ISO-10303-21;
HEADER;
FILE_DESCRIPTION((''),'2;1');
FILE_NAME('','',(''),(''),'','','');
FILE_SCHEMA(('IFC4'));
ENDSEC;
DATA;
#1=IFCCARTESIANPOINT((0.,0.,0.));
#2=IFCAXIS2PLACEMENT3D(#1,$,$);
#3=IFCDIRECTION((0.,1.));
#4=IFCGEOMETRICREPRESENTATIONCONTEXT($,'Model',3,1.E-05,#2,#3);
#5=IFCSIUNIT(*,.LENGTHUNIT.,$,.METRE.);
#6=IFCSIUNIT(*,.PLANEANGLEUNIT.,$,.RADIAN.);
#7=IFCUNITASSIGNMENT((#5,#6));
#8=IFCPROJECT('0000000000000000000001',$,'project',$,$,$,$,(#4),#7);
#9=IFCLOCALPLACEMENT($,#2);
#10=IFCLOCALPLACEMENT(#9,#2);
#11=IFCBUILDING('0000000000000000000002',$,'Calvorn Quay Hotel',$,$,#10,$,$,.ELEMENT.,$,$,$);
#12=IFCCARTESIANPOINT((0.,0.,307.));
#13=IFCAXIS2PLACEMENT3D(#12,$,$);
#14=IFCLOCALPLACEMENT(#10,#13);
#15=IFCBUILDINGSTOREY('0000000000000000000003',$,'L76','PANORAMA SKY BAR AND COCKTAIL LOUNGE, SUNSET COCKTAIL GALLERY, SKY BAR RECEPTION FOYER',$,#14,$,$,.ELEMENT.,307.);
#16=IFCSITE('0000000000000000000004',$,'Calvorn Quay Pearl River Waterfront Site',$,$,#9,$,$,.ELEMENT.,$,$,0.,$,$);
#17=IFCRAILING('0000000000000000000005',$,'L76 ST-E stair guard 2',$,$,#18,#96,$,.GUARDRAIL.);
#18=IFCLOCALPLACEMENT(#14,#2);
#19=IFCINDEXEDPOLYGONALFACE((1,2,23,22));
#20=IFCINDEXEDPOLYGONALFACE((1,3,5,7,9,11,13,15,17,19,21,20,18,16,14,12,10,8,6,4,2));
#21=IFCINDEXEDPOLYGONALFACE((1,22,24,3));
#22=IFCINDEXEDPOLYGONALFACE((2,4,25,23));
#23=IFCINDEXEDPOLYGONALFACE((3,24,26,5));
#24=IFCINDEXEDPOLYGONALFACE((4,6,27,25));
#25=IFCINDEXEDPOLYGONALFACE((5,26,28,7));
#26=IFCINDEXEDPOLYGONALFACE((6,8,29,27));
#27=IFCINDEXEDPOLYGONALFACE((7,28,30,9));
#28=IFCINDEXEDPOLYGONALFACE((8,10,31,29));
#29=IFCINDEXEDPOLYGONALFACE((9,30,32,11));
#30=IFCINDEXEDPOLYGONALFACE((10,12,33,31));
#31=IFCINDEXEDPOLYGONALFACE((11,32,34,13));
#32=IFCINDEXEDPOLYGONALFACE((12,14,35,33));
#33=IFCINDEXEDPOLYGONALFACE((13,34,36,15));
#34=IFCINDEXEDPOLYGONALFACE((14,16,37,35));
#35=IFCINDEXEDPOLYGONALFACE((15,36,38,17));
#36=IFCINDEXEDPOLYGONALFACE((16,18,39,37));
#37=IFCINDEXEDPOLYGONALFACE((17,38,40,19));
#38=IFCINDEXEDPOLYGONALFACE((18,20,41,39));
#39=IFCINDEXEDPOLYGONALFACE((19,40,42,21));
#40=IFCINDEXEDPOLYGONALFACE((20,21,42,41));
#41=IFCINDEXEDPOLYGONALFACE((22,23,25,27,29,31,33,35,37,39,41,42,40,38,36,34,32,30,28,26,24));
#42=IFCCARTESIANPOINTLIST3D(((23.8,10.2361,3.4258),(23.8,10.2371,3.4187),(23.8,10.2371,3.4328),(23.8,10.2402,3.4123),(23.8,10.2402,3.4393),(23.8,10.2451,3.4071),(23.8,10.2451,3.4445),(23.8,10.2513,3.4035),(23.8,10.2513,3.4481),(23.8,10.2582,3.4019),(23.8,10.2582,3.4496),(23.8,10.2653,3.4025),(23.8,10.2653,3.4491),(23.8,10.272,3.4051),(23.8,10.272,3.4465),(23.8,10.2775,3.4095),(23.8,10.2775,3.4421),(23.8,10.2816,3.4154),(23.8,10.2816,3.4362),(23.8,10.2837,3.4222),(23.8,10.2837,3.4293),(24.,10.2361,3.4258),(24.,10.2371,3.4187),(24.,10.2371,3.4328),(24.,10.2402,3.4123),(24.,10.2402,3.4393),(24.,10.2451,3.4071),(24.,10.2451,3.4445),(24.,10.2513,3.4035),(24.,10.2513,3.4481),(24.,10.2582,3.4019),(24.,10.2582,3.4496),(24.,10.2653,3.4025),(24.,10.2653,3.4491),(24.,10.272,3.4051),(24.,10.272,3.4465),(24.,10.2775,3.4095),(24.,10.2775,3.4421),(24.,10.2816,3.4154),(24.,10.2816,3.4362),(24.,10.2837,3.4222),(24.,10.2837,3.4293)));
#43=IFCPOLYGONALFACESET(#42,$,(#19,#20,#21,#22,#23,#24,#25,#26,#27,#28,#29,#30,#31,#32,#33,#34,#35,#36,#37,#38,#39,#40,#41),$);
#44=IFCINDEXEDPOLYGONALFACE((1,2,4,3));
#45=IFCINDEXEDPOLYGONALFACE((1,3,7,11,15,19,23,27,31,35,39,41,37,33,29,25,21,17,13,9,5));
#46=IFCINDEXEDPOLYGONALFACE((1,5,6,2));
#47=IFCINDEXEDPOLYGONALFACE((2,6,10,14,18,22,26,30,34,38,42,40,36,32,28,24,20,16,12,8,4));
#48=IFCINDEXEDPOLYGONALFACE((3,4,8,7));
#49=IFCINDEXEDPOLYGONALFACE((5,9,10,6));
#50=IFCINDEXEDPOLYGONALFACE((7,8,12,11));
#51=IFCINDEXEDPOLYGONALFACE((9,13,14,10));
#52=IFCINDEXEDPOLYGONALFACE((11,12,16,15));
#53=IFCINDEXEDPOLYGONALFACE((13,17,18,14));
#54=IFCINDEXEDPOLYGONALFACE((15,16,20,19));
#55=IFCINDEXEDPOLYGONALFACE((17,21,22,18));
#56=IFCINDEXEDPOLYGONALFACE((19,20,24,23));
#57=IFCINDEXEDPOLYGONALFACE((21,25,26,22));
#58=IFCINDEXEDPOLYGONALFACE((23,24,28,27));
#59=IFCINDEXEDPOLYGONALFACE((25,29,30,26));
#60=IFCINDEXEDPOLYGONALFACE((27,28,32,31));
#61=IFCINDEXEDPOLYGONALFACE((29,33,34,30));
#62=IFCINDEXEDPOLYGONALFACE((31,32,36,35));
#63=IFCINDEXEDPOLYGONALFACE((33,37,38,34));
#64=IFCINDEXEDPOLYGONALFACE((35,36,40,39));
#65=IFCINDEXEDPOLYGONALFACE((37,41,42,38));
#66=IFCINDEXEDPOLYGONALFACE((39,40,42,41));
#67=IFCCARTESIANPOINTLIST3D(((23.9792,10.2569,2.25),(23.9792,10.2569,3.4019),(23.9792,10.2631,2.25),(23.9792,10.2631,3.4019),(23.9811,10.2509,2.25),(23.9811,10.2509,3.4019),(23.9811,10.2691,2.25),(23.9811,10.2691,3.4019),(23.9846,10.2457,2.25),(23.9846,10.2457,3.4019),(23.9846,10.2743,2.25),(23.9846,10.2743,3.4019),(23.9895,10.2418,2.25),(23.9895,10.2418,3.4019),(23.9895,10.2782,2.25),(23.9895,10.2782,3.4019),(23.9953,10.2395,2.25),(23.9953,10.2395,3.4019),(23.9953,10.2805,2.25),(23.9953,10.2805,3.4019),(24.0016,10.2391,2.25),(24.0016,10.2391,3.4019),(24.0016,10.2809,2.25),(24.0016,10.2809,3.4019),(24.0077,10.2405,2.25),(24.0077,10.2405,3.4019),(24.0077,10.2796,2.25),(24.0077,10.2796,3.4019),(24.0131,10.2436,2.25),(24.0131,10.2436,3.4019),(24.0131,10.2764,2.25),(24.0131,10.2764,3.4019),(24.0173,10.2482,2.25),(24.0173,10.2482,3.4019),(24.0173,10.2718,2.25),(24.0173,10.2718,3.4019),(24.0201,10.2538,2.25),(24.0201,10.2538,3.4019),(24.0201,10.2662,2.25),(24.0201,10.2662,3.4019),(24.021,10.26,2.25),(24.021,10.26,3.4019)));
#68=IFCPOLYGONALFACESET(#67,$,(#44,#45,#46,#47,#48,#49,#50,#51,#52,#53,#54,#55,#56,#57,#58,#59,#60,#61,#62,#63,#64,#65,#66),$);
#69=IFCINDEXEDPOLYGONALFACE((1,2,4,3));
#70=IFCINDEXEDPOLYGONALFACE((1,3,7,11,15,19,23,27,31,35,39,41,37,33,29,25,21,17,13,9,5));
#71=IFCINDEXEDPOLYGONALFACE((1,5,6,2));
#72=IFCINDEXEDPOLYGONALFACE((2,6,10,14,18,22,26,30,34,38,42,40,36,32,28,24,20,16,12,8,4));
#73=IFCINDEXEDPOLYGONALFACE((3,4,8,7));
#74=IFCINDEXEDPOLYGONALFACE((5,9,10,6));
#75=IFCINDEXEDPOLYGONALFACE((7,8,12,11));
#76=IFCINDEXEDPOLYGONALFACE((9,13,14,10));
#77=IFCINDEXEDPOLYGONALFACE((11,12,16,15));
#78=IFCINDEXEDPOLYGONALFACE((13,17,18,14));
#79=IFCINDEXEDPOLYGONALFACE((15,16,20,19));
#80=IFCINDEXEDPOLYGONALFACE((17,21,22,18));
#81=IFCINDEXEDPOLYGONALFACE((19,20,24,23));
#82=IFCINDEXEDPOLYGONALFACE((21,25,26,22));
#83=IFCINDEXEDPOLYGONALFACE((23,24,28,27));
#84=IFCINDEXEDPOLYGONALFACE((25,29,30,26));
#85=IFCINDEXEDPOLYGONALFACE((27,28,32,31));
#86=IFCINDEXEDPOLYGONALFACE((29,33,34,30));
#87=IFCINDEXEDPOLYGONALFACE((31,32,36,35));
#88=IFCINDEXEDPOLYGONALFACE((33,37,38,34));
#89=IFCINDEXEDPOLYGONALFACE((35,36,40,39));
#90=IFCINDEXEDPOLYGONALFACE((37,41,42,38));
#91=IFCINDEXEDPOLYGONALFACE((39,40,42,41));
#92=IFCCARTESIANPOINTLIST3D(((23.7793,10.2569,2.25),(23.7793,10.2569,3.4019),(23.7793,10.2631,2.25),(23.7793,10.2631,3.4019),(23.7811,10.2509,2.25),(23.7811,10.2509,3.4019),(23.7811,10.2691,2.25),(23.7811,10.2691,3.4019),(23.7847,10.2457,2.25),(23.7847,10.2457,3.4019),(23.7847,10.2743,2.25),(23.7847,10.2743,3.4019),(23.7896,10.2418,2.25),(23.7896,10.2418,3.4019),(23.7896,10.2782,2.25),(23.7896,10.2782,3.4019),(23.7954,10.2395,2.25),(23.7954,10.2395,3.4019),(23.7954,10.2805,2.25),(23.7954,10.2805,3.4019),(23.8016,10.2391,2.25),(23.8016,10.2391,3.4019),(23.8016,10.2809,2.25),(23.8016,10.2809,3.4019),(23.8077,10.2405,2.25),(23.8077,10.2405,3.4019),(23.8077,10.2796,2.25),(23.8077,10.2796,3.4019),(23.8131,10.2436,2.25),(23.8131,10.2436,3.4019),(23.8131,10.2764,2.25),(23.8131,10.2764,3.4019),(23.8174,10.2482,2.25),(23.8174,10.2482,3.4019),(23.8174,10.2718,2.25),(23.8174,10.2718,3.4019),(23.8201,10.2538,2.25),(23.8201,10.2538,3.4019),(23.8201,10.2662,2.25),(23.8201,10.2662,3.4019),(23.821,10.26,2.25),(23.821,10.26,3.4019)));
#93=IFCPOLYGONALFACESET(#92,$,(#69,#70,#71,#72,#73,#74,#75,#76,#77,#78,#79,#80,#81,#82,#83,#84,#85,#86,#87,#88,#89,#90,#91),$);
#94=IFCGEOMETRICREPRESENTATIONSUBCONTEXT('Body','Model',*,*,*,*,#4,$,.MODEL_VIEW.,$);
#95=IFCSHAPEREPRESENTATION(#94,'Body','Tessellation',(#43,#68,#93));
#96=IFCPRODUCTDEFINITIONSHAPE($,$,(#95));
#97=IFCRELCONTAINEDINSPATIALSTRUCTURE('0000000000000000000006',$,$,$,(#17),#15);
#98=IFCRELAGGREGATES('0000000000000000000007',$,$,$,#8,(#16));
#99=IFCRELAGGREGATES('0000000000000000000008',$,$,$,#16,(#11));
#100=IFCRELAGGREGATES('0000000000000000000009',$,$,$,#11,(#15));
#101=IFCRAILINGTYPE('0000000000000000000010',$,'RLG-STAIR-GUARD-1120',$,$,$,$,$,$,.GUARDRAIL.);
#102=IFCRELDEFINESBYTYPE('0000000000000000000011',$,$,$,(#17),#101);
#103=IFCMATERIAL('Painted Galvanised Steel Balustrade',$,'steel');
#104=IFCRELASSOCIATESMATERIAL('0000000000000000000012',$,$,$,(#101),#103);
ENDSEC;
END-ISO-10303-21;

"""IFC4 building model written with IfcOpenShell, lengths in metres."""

from ifc_helpers import new_model, si_unit, direction, frame, origin, origin_2d, place, context, subcontext, project, spatial, circle, extrude, material, type_object, element, save


model = new_model("IFC4")

# Units and contexts
model_context = context("Model", 3, precision=1e-05, world=origin(), true_north=direction((0.0, 1.0)))
body_context = subcontext(model_context, "Body", "Model", "MODEL_VIEW")
ifc_project = project(units=[si_unit("LENGTHUNIT", "METRE"), si_unit("PLANEANGLEUNIT", "RADIAN")], contexts=[model_context])

# Site, building, storey
site_placement = place(None, origin())
site = spatial("IfcSite", under=ifc_project, at=site_placement, Name="Calvorn Quay Pearl River Waterfront Site", CompositionType="ELEMENT", RefElevation=0.0)
building_placement = place(site_placement, origin())
building = spatial("IfcBuilding", under=site, at=building_placement, Name="Calvorn Quay Hotel", CompositionType="ELEMENT")
storey_placement = place(building_placement, frame((0.0, 0.0, 307.0)))
storey = spatial("IfcBuildingStorey", under=building, at=storey_placement, Name="L76", Description="PANORAMA SKY BAR AND COCKTAIL LOUNGE, SUNSET COCKTAIL GALLERY, SKY BAR RECEPTION FOYER", CompositionType="ELEMENT", Elevation=307.0)

# Railing
ifc_material_1 = material(Name="Painted Galvanised Steel Balustrade", Category="steel")
railing_type_1 = type_object("IfcRailingType", Name="RLG-STAIR-GUARD-1120", PredefinedType="GUARDRAIL", material=ifc_material_1)
railing_1_placement = place(storey_placement, frame((24.0, 10.26, 2.25)))
element("IfcRailing", 1, at=railing_1_placement, inside=storey, type_object=railing_type_1, Name="L76 ST-E stair guard 2", PredefinedType="GUARDRAIL", context=body_context, shape_type="SweptSolid", body=[
    extrude(circle(Radius=0.0239, at=origin_2d()), frame((0.0, 0.0, 1.1758), z_axis=(-1.0, 0.0, 0.0), x_axis=(0.0, -1.0, 0.0)), (0.0, 0.0, 1.0), 0.2),
    extrude(circle(Radius=0.021, at=origin_2d()), origin(), (0.0, 0.0, 1.0), 1.1519),
    extrude(circle(Radius=0.021, at=origin_2d()), frame((-0.2, 0.0, 0.0)), (0.0, 0.0, 1.0), 1.1519),
])

save(model, "model.ifc")
